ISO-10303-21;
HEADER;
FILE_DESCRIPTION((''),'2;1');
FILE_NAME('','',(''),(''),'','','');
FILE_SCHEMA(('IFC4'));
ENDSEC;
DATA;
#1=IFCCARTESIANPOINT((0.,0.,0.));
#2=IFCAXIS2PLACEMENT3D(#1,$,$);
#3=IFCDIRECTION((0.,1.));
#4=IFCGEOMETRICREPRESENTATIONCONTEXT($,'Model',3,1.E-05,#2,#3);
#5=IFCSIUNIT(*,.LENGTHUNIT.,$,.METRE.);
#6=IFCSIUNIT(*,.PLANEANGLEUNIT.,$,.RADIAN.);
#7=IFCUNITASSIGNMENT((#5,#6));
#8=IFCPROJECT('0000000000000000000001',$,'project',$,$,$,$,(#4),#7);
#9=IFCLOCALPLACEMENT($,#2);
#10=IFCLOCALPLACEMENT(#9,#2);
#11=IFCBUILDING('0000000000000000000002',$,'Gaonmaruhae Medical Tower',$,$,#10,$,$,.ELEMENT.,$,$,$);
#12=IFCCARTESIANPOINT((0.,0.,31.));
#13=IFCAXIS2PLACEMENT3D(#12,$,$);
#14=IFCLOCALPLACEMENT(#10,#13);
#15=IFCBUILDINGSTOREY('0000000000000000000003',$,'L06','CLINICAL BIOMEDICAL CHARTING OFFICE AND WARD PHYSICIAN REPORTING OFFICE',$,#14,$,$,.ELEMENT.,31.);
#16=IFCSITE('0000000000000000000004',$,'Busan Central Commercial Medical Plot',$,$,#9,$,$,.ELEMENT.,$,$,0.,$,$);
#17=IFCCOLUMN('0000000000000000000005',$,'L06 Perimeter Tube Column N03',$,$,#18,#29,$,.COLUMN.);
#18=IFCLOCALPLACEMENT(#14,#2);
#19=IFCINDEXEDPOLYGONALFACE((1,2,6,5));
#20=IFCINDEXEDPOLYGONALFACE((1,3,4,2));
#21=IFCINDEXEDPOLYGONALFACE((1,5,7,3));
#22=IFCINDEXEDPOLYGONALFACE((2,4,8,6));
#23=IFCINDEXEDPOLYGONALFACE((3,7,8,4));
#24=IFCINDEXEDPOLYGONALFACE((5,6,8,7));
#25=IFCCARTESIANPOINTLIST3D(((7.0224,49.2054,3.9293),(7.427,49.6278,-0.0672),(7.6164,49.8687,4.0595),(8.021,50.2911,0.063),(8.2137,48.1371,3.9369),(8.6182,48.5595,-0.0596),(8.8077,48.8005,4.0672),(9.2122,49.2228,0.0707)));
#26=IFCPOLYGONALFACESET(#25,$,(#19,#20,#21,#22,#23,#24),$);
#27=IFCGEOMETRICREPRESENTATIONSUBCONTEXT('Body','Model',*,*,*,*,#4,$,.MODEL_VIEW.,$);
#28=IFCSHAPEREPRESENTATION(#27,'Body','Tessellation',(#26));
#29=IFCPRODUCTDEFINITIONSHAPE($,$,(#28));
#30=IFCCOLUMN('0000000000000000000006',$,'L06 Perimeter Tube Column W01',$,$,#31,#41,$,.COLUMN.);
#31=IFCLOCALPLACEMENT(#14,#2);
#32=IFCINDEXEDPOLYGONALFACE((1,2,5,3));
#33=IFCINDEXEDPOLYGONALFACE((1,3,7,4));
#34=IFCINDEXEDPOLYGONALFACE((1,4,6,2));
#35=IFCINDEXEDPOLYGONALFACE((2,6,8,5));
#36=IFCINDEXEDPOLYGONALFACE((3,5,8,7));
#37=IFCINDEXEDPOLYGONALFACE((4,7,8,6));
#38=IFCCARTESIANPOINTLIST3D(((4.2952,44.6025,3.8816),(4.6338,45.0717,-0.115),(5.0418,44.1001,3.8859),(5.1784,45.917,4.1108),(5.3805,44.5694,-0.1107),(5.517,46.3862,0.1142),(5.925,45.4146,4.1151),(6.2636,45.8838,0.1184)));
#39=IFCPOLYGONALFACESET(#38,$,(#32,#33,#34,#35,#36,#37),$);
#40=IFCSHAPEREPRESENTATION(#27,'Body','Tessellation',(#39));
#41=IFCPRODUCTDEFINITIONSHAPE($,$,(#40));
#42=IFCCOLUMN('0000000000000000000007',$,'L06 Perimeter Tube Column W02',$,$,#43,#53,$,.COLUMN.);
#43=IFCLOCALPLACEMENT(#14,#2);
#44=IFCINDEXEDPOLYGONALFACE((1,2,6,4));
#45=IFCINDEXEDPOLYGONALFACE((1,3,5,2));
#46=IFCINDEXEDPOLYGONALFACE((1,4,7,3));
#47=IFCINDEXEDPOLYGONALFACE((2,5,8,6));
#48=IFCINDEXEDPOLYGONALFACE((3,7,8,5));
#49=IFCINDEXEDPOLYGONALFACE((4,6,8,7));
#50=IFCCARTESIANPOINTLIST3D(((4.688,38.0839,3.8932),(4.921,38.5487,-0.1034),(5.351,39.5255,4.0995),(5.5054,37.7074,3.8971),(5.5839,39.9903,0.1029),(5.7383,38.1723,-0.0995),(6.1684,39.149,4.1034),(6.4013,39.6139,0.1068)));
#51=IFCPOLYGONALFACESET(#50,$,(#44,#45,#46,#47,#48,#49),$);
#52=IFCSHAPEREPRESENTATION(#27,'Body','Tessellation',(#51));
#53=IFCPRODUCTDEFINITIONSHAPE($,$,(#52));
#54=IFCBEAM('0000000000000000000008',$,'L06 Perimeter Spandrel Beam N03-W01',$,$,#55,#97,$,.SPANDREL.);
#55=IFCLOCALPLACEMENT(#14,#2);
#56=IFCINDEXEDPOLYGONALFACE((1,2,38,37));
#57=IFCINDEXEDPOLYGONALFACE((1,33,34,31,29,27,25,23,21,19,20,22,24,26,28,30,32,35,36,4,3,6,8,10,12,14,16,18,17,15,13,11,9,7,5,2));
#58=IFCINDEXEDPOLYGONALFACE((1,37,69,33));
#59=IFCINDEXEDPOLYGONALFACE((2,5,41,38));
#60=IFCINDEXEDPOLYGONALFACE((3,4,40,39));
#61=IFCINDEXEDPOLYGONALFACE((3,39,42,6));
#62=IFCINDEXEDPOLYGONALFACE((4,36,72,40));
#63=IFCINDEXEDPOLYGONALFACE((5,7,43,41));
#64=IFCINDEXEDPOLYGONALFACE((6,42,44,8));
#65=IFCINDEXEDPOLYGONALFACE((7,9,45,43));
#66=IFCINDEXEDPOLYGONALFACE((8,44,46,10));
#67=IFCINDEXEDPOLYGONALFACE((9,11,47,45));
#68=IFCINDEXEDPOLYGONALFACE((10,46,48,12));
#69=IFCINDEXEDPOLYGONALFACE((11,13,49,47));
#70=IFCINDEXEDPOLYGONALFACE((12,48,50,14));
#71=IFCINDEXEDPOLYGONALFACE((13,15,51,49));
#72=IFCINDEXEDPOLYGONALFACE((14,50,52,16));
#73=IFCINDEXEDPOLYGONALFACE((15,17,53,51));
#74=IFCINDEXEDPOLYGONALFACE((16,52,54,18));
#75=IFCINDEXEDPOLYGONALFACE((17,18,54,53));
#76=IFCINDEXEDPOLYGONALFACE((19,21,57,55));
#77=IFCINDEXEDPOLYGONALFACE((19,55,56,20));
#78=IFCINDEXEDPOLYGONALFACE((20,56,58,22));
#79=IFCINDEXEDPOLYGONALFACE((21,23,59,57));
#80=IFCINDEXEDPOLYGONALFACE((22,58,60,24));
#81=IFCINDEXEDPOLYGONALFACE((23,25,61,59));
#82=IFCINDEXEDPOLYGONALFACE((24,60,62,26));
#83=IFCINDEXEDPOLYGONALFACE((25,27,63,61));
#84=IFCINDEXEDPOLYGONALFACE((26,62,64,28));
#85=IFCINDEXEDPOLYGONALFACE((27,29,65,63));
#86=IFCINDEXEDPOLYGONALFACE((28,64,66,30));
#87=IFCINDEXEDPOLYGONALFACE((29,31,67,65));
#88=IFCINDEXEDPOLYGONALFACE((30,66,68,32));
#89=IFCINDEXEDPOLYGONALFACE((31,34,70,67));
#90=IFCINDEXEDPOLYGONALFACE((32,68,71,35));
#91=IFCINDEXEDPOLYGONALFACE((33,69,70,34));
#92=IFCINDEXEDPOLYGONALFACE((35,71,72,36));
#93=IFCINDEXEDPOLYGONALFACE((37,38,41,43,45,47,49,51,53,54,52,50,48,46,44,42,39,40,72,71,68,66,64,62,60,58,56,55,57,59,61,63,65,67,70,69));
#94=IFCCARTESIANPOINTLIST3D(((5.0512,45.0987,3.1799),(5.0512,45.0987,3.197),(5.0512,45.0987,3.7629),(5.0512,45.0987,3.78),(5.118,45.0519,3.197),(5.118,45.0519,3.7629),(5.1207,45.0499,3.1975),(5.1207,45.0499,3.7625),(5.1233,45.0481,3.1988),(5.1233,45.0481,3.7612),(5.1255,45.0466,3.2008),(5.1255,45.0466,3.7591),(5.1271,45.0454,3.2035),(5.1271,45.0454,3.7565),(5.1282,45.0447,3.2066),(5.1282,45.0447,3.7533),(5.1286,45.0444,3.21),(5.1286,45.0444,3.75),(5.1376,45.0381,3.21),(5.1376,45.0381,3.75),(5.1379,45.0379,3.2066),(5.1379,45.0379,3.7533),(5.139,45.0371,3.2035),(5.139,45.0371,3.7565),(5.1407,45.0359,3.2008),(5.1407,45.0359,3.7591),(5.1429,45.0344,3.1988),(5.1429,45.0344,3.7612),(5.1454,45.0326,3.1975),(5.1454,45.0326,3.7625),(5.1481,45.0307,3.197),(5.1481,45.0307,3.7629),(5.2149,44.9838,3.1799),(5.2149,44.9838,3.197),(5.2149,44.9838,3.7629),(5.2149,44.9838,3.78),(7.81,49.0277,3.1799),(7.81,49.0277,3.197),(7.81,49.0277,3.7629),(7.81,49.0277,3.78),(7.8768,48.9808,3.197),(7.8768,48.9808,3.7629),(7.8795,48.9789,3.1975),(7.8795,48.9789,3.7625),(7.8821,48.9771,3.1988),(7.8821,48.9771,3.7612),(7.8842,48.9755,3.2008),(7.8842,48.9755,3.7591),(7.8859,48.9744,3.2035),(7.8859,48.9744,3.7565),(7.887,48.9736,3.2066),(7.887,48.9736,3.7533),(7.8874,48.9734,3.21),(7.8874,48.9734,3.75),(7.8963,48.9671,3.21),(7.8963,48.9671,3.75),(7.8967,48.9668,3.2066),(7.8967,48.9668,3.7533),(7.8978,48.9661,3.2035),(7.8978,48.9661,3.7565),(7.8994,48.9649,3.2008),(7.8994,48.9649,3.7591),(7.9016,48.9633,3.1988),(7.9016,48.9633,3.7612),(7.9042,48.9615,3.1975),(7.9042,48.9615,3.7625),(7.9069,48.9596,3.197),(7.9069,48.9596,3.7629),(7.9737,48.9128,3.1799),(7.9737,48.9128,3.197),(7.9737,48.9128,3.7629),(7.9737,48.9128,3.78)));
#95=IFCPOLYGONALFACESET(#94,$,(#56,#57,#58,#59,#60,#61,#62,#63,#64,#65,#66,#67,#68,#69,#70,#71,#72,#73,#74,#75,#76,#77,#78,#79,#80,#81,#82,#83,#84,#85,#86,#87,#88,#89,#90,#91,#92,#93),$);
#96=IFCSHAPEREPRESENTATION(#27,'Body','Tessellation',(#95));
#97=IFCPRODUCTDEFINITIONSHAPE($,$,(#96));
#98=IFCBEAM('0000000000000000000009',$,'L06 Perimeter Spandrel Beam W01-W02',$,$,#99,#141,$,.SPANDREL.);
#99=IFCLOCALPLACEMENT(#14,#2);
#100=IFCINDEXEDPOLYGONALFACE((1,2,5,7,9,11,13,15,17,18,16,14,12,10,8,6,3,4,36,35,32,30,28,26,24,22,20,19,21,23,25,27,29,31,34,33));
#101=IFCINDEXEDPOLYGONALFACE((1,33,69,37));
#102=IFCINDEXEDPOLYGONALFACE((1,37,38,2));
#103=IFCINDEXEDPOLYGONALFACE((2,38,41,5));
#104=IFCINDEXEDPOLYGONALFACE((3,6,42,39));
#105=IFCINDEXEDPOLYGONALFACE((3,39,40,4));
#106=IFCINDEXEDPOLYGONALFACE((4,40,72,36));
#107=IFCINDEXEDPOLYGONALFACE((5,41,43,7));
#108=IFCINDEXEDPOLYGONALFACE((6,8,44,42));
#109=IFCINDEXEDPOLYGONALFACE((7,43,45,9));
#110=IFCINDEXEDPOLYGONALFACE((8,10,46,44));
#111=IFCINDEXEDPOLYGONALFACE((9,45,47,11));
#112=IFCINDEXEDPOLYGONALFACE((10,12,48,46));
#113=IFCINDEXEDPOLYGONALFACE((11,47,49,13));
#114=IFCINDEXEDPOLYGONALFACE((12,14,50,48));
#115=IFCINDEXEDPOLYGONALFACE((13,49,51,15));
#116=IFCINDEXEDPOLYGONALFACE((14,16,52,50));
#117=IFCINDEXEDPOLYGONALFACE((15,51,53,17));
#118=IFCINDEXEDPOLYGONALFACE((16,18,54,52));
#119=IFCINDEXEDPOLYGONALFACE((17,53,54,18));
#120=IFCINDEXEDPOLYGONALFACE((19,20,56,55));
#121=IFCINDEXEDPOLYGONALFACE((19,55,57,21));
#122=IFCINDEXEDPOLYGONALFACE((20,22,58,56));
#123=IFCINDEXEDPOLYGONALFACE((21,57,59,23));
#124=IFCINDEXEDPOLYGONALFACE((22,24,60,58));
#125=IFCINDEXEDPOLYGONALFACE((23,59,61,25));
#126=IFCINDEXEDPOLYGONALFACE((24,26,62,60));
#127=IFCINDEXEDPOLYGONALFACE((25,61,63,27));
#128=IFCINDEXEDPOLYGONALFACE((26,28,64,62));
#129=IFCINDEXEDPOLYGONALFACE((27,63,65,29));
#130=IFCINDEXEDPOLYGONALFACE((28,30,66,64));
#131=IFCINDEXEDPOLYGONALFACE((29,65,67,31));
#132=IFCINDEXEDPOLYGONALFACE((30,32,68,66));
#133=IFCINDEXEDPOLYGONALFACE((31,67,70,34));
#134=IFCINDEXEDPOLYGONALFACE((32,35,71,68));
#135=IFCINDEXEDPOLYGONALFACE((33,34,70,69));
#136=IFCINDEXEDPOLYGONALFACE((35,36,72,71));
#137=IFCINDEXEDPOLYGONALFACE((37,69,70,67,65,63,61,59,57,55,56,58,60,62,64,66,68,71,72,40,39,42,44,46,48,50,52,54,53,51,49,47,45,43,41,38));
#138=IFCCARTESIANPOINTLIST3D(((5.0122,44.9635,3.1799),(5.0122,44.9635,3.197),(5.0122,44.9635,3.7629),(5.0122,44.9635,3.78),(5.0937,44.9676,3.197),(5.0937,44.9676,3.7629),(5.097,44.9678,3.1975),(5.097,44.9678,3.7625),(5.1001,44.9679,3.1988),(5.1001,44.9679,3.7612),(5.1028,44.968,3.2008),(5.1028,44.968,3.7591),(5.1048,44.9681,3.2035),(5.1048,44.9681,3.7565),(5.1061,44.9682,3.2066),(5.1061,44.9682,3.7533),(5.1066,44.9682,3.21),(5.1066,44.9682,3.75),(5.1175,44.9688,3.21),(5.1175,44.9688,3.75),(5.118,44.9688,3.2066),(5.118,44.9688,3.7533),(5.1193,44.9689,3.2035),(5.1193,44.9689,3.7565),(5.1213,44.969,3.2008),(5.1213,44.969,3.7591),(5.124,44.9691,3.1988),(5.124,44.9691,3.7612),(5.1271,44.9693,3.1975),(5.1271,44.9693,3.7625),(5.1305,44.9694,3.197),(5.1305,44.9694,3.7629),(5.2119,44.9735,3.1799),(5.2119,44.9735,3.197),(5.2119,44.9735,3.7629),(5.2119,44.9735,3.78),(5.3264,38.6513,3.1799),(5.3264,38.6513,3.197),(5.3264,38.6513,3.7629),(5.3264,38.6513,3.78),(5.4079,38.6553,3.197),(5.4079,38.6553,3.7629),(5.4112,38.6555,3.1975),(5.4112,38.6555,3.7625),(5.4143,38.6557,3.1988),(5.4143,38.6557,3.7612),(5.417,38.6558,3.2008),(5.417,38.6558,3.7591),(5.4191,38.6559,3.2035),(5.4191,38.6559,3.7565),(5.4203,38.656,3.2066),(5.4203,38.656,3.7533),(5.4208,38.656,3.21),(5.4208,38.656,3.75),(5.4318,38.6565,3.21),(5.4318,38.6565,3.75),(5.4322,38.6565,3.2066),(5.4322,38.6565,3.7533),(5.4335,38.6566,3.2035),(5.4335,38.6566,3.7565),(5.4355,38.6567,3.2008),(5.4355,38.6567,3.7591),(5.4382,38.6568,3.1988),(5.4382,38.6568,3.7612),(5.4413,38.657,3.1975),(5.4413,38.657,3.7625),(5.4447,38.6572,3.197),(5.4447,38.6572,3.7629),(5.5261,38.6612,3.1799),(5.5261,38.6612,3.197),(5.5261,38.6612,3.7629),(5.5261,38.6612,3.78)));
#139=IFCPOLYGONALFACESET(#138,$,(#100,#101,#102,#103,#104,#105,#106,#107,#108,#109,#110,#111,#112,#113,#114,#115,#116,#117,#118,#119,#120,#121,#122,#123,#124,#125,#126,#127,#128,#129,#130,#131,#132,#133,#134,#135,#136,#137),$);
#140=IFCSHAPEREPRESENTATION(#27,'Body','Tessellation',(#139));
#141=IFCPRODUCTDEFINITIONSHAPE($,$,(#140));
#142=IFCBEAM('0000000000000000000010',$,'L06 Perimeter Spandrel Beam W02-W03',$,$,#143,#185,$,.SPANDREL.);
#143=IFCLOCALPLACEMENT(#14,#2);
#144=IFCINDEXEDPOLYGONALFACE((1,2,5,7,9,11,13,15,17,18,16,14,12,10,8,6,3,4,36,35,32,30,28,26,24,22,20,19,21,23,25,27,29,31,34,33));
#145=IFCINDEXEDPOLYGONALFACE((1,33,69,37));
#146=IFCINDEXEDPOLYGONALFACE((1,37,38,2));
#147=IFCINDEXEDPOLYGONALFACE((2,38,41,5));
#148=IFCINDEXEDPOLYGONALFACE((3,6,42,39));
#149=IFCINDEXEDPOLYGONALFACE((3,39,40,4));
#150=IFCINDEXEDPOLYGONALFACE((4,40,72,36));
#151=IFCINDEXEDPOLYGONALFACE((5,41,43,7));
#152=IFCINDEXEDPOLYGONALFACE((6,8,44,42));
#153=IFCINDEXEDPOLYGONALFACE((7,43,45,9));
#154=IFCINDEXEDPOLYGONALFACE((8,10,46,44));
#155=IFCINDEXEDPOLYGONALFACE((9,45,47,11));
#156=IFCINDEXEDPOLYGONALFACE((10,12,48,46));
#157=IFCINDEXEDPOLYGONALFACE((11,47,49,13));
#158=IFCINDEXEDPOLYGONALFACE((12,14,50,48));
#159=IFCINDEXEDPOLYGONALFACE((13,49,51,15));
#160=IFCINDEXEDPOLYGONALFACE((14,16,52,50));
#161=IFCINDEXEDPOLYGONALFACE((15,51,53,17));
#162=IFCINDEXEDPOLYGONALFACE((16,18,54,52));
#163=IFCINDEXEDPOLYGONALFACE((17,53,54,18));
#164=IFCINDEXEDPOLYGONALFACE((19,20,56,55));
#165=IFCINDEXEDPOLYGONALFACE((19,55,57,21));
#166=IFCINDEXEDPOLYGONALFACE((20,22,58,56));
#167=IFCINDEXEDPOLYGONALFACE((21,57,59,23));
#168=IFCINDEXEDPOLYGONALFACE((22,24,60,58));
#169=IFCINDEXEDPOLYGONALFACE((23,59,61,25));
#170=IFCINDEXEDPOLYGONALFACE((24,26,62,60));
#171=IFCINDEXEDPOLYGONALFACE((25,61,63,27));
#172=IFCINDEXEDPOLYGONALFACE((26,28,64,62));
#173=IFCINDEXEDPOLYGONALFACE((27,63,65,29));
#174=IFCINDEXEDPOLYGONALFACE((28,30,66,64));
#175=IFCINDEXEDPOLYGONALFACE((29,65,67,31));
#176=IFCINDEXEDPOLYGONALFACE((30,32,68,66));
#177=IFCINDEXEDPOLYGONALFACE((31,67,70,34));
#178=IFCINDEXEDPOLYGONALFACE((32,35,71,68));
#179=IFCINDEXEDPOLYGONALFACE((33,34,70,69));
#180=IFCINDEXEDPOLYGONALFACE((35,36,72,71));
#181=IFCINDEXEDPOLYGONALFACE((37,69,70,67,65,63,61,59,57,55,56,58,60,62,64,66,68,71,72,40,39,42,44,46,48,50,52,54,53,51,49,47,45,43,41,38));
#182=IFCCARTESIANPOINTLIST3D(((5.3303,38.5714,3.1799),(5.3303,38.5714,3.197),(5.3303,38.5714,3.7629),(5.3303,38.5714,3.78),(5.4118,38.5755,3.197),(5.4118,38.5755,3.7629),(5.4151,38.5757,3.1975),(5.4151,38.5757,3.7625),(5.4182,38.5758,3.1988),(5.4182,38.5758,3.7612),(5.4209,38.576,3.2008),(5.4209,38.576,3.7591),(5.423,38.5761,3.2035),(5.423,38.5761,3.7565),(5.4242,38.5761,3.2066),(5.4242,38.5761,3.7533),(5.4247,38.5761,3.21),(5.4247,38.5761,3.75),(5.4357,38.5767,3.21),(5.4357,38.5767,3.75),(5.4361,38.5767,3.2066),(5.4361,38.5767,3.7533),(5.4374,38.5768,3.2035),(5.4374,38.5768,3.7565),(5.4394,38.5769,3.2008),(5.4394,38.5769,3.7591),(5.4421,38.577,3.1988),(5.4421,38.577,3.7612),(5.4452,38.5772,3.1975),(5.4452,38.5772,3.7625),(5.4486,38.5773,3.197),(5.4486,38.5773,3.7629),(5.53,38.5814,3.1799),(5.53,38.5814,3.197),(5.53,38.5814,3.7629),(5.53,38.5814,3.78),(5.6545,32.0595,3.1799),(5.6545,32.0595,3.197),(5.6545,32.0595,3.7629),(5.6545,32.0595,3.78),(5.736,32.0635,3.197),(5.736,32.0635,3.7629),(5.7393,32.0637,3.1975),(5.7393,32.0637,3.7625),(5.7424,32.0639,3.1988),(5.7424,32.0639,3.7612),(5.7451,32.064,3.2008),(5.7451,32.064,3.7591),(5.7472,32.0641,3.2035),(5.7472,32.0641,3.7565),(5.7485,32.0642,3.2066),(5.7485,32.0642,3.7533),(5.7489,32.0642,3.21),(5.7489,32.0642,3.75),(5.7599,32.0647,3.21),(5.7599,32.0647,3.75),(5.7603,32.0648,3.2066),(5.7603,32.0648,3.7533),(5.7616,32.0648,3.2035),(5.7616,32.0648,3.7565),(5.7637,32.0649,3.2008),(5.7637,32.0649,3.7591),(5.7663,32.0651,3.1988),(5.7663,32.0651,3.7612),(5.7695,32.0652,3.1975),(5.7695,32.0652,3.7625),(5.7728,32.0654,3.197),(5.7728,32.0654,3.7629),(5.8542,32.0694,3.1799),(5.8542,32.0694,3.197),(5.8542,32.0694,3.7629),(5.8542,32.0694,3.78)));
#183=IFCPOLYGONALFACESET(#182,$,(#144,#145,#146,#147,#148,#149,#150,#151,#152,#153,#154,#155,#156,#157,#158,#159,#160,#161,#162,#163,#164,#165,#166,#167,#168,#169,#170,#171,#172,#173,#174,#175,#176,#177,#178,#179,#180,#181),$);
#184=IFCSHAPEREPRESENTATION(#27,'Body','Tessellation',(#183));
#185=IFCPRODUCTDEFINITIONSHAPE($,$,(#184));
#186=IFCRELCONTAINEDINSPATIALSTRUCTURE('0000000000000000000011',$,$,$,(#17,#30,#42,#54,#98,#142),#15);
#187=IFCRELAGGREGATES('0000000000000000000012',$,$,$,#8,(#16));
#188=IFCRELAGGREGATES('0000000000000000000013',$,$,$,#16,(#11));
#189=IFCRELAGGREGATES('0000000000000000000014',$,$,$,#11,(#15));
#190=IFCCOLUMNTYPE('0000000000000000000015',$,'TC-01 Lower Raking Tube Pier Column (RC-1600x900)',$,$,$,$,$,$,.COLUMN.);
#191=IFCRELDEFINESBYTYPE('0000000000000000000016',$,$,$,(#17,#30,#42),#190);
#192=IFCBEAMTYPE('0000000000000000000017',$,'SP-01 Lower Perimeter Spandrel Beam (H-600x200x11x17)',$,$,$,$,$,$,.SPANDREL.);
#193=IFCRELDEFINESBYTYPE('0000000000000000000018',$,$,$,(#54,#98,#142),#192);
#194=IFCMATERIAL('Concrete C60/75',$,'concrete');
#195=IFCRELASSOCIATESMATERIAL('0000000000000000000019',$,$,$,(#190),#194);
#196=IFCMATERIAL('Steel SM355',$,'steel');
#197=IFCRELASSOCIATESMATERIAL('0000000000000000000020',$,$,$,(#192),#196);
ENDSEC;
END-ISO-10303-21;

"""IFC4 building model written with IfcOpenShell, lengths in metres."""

from ifc_helpers import new_model, si_unit, direction, frame, origin, origin_2d, place, context, subcontext, project, spatial, rectangle, i_section, extrude, material, material_profile, profile_set, type_object, element, save


model = new_model("IFC4")

# Units and contexts
model_context = context("Model", 3, precision=1e-05, world=origin(), true_north=direction((0.0, 1.0)))
body_context = subcontext(model_context, "Body", "Model", "MODEL_VIEW")
ifc_project = project(units=[si_unit("LENGTHUNIT", "METRE"), si_unit("PLANEANGLEUNIT", "RADIAN")], contexts=[model_context])

# Site, building, storey
site_placement = place(None, origin())
site = spatial("IfcSite", under=ifc_project, at=site_placement, Name="Busan Central Commercial Medical Plot", CompositionType="ELEMENT", RefElevation=0.0)
building_placement = place(site_placement, origin())
building = spatial("IfcBuilding", under=site, at=building_placement, Name="Gaonmaruhae Medical Tower", CompositionType="ELEMENT")
storey_placement = place(building_placement, frame((0.0, 0.0, 31.0)))
storey = spatial("IfcBuildingStorey", under=building, at=storey_placement, Name="L06", Description="CLINICAL BIOMEDICAL CHARTING OFFICE AND WARD PHYSICIAN REPORTING OFFICE", CompositionType="ELEMENT", Elevation=31.0)

# Columns
ifc_material_1 = material(Name="Concrete C60/75", Category="concrete")
ifc_material_profile_1 = material_profile(ifc_material_1, rectangle(XDim=1.6001, YDim=0.8999, at=origin_2d()), Name="RC-1600x900")
ifc_profile_set_1 = profile_set([ifc_material_profile_1], Name="Concrete C60/75")
column_type = type_object("IfcColumnType", Name="TC-01 Lower Raking Tube Pier Column (RC-1600x900)", PredefinedType="COLUMN", material=ifc_profile_set_1)
column_1_placement = place(storey_placement, frame((8.3196, 49.4253, 0.0017), z_axis=(-0.100155, -0.104567, 0.989462), x_axis=(0.744474, -0.667634, 0.004801)))
element("IfcColumn", 1, at=column_1_placement, inside=storey, type_object=column_type, Name="L06 Perimeter Tube Column N03", PredefinedType="COLUMN", context=body_context, shape_type="SweptSolid", body=[
    extrude(rectangle(XDim=1.6001, YDim=0.8999, at=origin_2d()), origin(), (0.0, 0.0, 1.0), 4.0391),
])
column_2_placement = place(storey_placement, frame((5.4487, 45.4778, 0.0017), z_axis=(-0.083854, -0.116198, 0.98968), x_axis=(0.551939, 0.821494, 0.143216)))
element("IfcColumn", 2, at=column_2_placement, inside=storey, type_object=column_type, Name="L06 Perimeter Tube Column W01", PredefinedType="COLUMN", context=body_context, shape_type="SweptSolid", body=[
    extrude(rectangle(XDim=1.6001, YDim=0.8999, at=origin_2d()), origin(), (0.0, 0.0, 1.0), 4.0383),
])
column_3_placement = place(storey_placement, frame((5.6611, 39.0813, 0.0017), z_axis=(-0.05779, -0.115338, 0.991644), x_axis=(0.414335, 0.900945, 0.128936)))
element("IfcColumn", 3, at=column_3_placement, inside=storey, type_object=column_type, Name="L06 Perimeter Tube Column W02", PredefinedType="COLUMN", context=body_context, shape_type="SweptSolid", body=[
    extrude(rectangle(XDim=1.6001, YDim=0.8999, at=origin_2d()), origin(), (0.0, 0.0, 1.0), 4.0303),
])

# Beams
ifc_material_2 = material(Name="Steel SM355", Category="steel")
ifc_material_profile_2 = material_profile(ifc_material_2, i_section(OverallWidth=0.2, OverallDepth=0.6001, WebThickness=0.011, FlangeThickness=0.0171, FilletRadius=0.0129, at=origin_2d()), Name="H-600x200x11x17")
ifc_profile_set_2 = profile_set([ifc_material_profile_2], Name="Steel SM355")
beam_type = type_object("IfcBeamType", Name="SP-01 Lower Perimeter Spandrel Beam (H-600x200x11x17)", PredefinedType="SPANDREL", material=ifc_profile_set_2)
beam_1_placement = place(storey_placement, frame((7.8918, 48.9702, 3.48), z_axis=(-0.574653, -0.818397, 0.0), x_axis=(0.818397, -0.574653, 0.0)))
element("IfcBeam", 4, at=beam_1_placement, inside=storey, type_object=beam_type, Name="L06 Perimeter Spandrel Beam N03-W01", PredefinedType="SPANDREL", context=body_context, shape_type="SweptSolid", body=[
    extrude(i_section(OverallWidth=0.2, OverallDepth=0.6001, WebThickness=0.011, FlangeThickness=0.0171, FilletRadius=0.0129, at=origin_2d()), origin(), (0.0, 0.0, 1.0), 4.8008),
])
beam_2_placement = place(storey_placement, frame((5.1121, 44.9685, 3.48), z_axis=(0.049716, -0.998763, 0.0), x_axis=(0.998763, 0.049716, 0.0)))
element("IfcBeam", 5, at=beam_2_placement, inside=storey, type_object=beam_type, Name="L06 Perimeter Spandrel Beam W01-W02", PredefinedType="SPANDREL", context=body_context, shape_type="SweptSolid", body=[
    extrude(i_section(OverallWidth=0.2, OverallDepth=0.6001, WebThickness=0.011, FlangeThickness=0.0171, FilletRadius=0.0129, at=origin_2d()), origin(), (0.0, 0.0, 1.0), 6.3201),
])
beam_3_placement = place(storey_placement, frame((5.4302, 38.5764, 3.48), z_axis=(0.049727, -0.998763, 0.0), x_axis=(0.998763, 0.049727, 0.0)))
element("IfcBeam", 6, at=beam_3_placement, inside=storey, type_object=beam_type, Name="L06 Perimeter Spandrel Beam W02-W03", PredefinedType="SPANDREL", context=body_context, shape_type="SweptSolid", body=[
    extrude(i_section(OverallWidth=0.2, OverallDepth=0.6001, WebThickness=0.011, FlangeThickness=0.0171, FilletRadius=0.0129, at=origin_2d()), origin(), (0.0, 0.0, 1.0), 6.52),
])

save(model, "model.ifc")
